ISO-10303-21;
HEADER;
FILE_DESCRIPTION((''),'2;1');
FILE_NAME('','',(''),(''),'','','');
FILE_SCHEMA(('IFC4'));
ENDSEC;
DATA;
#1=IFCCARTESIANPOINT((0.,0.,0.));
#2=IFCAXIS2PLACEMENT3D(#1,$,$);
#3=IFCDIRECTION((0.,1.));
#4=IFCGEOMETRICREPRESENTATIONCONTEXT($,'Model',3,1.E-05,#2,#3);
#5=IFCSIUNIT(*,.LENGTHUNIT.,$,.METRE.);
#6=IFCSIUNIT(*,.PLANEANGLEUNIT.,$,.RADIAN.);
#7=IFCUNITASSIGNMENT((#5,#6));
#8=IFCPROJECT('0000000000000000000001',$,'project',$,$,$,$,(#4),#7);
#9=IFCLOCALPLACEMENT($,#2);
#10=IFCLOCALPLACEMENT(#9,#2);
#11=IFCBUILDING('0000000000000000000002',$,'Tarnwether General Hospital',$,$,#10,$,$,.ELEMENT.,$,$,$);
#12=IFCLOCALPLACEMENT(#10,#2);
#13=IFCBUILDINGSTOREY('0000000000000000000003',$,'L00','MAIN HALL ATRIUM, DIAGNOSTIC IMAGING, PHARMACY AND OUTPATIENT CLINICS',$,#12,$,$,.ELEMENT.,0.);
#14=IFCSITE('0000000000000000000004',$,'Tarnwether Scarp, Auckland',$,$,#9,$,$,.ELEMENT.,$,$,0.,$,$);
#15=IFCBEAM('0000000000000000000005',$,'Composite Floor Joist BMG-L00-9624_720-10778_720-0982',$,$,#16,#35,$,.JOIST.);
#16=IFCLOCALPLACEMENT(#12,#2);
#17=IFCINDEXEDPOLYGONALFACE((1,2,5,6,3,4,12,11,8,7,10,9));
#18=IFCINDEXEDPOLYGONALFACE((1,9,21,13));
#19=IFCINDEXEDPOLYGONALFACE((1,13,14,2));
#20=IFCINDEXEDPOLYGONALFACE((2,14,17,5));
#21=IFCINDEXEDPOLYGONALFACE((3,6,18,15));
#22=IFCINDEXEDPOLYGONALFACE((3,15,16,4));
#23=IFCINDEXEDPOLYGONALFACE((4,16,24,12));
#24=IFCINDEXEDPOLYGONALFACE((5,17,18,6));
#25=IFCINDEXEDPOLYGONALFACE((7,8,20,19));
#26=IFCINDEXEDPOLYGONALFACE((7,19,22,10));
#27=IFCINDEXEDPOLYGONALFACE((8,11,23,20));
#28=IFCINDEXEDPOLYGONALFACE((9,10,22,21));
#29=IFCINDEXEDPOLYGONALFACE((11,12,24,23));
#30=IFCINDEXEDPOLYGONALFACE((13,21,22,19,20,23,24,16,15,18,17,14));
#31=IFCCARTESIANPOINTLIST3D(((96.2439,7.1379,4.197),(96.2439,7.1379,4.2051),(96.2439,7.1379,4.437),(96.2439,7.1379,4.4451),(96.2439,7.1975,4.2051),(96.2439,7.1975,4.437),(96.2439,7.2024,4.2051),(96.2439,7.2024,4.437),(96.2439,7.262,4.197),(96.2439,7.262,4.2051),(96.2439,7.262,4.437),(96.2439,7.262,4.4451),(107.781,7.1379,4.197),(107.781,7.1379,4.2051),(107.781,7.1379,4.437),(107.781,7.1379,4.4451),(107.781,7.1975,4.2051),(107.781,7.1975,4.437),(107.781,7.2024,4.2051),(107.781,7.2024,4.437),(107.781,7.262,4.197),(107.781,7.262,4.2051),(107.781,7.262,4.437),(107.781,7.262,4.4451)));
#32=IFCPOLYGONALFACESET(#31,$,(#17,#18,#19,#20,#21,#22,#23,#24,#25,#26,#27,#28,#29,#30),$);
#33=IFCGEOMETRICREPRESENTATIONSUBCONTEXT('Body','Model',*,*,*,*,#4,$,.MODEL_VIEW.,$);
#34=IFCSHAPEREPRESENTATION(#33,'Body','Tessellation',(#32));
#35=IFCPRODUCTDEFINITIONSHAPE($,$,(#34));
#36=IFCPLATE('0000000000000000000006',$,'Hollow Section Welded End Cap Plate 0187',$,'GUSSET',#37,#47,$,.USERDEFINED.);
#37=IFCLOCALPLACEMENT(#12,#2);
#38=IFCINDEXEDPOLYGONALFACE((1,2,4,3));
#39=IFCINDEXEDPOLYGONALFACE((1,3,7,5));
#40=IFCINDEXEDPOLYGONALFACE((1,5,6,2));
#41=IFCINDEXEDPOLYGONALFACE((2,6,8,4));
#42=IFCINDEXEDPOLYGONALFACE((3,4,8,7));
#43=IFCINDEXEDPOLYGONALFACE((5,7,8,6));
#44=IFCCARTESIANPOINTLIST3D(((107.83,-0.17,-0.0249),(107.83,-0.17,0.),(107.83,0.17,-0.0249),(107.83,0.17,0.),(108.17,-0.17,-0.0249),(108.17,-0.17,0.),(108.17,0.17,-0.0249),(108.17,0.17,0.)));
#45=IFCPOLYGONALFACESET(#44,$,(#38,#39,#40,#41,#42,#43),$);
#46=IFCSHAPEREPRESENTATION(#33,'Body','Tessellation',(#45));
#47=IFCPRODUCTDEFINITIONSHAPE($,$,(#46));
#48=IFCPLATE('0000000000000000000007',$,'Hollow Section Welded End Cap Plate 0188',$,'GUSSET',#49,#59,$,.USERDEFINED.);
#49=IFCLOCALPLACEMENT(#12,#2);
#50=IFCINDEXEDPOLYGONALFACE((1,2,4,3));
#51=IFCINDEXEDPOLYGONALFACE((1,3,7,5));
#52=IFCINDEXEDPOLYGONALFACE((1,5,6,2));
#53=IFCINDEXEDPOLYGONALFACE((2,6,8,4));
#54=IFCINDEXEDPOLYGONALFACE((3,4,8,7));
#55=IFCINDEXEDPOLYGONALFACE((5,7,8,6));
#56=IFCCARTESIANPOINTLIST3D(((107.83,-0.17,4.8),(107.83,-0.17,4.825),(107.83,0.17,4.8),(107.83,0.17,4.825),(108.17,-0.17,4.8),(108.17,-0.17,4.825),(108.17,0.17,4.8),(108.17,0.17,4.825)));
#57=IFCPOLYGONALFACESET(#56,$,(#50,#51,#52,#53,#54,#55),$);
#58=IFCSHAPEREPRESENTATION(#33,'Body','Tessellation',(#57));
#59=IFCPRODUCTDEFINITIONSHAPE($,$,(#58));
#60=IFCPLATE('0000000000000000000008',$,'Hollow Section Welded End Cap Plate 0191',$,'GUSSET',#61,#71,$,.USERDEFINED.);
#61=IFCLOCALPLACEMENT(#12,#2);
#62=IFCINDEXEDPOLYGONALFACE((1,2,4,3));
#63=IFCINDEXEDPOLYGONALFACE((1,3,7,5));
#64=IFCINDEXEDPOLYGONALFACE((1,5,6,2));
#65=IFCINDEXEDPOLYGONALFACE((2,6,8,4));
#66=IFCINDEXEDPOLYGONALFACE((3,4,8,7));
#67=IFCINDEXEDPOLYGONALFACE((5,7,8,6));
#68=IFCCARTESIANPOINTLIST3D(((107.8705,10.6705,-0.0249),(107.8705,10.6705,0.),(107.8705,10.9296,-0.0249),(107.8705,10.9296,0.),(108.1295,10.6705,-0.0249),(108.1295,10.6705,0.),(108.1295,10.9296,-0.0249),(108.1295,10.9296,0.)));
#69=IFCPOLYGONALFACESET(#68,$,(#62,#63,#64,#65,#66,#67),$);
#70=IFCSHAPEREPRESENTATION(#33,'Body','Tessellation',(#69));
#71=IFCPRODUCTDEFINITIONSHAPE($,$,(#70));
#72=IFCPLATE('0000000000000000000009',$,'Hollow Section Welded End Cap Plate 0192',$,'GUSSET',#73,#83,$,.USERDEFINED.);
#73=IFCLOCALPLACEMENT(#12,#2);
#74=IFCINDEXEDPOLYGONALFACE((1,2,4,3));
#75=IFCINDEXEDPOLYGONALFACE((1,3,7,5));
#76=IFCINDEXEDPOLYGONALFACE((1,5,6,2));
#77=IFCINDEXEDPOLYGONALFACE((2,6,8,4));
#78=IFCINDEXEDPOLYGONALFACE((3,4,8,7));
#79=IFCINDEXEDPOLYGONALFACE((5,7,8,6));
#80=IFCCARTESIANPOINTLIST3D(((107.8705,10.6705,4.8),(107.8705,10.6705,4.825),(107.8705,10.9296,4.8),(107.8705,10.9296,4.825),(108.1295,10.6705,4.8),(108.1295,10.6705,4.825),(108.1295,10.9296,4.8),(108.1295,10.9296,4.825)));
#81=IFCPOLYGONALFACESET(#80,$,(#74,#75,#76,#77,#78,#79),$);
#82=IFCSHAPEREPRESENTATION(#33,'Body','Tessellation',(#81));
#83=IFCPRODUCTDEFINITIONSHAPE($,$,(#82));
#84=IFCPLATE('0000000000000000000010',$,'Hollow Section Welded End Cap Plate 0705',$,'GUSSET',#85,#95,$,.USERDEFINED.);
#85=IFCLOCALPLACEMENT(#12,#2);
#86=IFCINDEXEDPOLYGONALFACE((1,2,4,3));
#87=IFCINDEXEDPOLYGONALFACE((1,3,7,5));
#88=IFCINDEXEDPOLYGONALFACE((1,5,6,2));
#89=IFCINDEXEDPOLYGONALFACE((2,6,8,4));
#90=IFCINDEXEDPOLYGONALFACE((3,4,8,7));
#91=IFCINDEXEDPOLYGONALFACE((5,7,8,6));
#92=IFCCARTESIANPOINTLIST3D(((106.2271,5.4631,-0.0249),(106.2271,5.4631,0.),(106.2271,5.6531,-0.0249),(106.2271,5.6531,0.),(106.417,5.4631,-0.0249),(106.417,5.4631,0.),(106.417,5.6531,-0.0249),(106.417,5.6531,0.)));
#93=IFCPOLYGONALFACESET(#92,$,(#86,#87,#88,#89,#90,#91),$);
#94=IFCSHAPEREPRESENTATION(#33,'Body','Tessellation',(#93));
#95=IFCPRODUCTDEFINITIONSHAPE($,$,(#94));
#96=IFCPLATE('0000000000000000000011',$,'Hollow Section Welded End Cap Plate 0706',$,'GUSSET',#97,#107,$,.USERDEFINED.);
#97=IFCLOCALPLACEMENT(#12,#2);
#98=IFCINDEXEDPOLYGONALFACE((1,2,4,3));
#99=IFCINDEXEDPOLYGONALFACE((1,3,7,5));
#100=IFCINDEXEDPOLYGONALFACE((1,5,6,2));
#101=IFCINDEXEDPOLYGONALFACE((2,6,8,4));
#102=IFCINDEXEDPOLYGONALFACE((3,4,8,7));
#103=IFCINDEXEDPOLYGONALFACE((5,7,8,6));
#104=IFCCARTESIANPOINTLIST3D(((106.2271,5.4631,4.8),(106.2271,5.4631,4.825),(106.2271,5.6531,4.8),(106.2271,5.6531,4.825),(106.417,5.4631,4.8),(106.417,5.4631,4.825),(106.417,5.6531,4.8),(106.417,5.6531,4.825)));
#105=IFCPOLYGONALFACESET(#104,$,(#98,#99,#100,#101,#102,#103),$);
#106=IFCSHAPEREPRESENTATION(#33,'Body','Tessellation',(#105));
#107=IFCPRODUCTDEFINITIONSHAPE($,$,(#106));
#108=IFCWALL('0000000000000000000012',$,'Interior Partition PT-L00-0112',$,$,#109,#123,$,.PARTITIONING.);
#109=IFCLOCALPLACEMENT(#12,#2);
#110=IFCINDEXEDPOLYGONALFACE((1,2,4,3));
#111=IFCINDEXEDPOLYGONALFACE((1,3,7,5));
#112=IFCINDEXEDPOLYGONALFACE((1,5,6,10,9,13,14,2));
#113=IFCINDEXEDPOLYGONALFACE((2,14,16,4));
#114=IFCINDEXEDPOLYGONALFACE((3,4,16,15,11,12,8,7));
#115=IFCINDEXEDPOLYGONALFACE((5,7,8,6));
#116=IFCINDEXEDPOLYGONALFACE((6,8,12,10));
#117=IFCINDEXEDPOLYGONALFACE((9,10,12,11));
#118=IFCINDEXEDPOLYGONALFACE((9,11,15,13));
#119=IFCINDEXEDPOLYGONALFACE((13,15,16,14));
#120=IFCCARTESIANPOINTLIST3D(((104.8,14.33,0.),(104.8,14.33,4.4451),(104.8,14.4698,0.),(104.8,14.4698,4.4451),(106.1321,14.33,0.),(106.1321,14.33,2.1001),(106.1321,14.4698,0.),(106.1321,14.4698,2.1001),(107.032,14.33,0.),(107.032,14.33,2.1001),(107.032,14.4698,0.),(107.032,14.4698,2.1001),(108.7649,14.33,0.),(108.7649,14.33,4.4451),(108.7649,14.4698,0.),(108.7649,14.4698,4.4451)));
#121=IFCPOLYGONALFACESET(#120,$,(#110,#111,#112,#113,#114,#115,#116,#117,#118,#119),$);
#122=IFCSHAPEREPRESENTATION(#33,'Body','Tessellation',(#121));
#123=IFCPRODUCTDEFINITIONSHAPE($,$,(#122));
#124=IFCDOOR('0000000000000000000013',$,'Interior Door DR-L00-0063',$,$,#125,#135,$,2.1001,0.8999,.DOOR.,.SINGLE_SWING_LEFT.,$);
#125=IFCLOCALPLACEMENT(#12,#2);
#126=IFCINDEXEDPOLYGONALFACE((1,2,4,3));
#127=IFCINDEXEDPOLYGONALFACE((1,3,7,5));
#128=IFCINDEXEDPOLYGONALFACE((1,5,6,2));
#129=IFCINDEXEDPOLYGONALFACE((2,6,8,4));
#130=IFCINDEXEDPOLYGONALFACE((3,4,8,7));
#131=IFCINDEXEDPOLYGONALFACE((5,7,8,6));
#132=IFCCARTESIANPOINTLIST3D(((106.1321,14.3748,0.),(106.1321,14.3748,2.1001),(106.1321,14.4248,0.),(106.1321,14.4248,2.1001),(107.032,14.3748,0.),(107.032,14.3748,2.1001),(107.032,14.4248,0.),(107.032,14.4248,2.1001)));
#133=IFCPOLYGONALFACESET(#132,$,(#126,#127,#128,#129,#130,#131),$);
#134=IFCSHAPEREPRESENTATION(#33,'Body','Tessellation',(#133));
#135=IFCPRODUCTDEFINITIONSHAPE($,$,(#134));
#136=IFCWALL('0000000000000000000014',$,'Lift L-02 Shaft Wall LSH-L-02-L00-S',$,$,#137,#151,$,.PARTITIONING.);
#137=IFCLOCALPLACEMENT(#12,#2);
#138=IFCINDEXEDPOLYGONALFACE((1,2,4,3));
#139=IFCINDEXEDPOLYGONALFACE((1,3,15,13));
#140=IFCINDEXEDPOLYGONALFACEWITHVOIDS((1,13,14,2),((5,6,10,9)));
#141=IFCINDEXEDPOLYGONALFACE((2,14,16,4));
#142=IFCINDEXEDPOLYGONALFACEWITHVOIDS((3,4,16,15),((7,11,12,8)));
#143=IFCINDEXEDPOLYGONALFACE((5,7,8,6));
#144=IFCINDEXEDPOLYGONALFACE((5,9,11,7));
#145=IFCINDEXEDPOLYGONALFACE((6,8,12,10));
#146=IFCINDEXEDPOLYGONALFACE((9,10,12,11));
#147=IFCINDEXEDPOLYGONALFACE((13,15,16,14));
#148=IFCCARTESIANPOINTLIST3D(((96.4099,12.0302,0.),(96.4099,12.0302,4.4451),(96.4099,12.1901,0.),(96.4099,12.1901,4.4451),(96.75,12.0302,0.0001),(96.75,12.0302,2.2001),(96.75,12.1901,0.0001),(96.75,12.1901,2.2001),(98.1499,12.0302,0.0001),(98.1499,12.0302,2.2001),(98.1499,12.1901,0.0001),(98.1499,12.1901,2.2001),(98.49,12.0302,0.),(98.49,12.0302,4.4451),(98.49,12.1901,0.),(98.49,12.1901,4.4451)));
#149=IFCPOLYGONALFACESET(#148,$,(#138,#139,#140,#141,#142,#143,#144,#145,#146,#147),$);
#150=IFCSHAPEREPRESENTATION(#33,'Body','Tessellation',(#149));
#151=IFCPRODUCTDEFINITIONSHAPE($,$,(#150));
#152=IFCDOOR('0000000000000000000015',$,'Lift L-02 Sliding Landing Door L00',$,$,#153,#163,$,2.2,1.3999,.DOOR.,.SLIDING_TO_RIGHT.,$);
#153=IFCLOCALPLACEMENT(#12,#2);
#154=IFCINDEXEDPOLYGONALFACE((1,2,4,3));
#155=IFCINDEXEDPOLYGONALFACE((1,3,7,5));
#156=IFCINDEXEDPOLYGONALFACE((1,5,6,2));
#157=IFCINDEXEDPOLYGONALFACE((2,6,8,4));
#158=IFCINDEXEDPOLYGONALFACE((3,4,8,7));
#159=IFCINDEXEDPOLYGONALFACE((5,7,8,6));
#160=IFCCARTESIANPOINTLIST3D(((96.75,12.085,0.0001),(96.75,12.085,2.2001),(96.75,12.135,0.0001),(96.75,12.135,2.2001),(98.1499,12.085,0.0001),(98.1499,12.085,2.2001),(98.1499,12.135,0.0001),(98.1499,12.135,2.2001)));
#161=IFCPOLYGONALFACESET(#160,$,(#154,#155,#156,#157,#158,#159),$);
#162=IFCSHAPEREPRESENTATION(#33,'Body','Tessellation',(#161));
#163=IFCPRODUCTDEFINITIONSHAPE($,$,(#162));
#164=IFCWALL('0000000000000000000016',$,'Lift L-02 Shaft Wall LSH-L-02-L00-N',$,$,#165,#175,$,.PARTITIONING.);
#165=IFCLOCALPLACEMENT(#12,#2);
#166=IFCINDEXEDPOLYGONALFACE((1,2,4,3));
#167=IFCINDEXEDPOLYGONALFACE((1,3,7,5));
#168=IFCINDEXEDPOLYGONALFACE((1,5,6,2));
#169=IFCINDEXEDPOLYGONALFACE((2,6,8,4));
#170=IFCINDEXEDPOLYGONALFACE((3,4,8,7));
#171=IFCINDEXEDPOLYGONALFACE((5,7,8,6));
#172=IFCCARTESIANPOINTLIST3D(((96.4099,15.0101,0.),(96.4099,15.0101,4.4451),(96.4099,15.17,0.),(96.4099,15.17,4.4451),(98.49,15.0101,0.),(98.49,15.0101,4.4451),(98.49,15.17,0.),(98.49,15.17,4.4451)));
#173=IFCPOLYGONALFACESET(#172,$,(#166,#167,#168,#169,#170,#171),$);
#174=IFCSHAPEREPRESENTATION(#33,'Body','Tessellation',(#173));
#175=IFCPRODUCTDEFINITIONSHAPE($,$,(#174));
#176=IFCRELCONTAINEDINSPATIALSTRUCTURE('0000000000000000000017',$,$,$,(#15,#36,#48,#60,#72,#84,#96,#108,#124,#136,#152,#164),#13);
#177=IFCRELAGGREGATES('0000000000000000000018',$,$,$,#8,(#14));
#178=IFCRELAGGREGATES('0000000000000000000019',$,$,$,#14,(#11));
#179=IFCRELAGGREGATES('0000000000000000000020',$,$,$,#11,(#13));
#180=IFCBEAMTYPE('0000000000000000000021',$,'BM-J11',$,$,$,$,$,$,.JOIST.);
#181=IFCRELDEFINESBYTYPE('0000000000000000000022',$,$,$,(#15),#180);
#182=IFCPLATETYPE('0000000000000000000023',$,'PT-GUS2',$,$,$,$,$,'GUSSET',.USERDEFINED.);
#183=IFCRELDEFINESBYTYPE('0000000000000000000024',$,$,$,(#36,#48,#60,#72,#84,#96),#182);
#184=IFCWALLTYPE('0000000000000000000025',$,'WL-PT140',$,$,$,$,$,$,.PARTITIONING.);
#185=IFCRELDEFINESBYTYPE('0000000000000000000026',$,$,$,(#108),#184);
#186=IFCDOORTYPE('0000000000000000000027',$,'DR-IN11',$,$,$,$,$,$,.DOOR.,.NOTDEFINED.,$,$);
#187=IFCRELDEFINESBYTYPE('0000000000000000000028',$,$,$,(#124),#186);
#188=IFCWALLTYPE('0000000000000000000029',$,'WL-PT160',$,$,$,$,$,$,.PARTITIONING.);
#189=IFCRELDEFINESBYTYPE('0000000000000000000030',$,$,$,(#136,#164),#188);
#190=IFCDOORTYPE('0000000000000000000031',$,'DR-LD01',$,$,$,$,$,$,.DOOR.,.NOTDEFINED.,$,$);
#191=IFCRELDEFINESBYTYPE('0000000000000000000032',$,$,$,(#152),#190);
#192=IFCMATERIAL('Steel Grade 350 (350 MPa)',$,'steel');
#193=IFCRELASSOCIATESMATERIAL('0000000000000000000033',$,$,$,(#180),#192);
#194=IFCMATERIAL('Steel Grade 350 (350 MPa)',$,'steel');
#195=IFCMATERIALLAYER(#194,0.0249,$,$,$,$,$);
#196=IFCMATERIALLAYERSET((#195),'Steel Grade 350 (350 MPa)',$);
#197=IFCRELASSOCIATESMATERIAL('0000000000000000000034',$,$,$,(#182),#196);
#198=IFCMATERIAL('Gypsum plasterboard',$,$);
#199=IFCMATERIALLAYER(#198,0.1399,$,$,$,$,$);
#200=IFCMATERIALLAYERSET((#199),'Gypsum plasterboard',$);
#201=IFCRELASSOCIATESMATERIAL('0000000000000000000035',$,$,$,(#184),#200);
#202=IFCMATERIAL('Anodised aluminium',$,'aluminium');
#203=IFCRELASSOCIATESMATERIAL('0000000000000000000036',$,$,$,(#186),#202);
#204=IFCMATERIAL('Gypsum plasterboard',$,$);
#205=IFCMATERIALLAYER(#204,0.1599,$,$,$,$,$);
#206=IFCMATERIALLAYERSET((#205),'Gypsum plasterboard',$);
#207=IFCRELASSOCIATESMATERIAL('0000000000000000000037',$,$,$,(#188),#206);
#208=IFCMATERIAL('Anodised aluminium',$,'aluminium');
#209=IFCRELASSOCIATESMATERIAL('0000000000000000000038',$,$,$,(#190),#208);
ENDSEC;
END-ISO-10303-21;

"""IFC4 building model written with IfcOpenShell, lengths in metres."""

from ifc_helpers import new_model, si_unit, direction, frame, frame_2d, origin, origin_2d, place, context, subcontext, project, spatial, rectangle, i_section, extrude, material, layer, layer_set, material_profile, profile_set, type_object, element, fill, save


model = new_model("IFC4")

# Units and contexts
model_context = context("Model", 3, precision=1e-05, world=origin(), true_north=direction((0.0, 1.0)))
body_context = subcontext(model_context, "Body", "Model", "MODEL_VIEW")
ifc_project = project(units=[si_unit("LENGTHUNIT", "METRE"), si_unit("PLANEANGLEUNIT", "RADIAN")], contexts=[model_context])

# Site, building, storey
site_placement = place(None, origin())
site = spatial("IfcSite", under=ifc_project, at=site_placement, Name="Tarnwether Scarp, Auckland", CompositionType="ELEMENT", RefElevation=0.0)
building_placement = place(site_placement, origin())
building = spatial("IfcBuilding", under=site, at=building_placement, Name="Tarnwether General Hospital", CompositionType="ELEMENT")
storey_placement = place(building_placement, origin())
storey = spatial("IfcBuildingStorey", under=building, at=storey_placement, Name="L00", Description="MAIN HALL ATRIUM, DIAGNOSTIC IMAGING, PHARMACY AND OUTPATIENT CLINICS", CompositionType="ELEMENT", Elevation=0.0)

# Beam
ifc_material_1 = material(Name="Steel Grade 350 (350 MPa)", Category="steel")
ifc_material_profile_1 = material_profile(ifc_material_1, i_section(OverallWidth=0.124, OverallDepth=0.248, WebThickness=0.0049, FlangeThickness=0.0081, at=origin_2d()), Name="250UB25.7")
ifc_profile_set_1 = profile_set([ifc_material_profile_1], Name="Steel Grade 350 (350 MPa)")
beam_type_1 = type_object("IfcBeamType", Name="BM-J11", PredefinedType="JOIST", material=ifc_profile_set_1)
beam_1_placement = place(storey_placement, frame((96.2439, 7.2, 4.321), z_axis=(1.0, 0.0, 0.0), x_axis=(0.0, 1.0, 0.0)))
element("IfcBeam", 1, at=beam_1_placement, inside=storey, type_object=beam_type_1, Name="Composite Floor Joist BMG-L00-9624_720-10778_720-0982", PredefinedType="JOIST", context=body_context, shape_type="SweptSolid", body=[
    extrude(i_section(OverallWidth=0.124, OverallDepth=0.248, WebThickness=0.0049, FlangeThickness=0.0081, at=origin_2d()), origin(), (0.0, 0.0, 1.0), 11.5371),
])

# Plates
ifc_material_2 = material(Name="Steel Grade 350 (350 MPa)", Category="steel")
ifc_layer_1 = layer(ifc_material_2, 0.0249)
ifc_layer_set_1 = layer_set([ifc_layer_1], Name="Steel Grade 350 (350 MPa)")
plate_type = type_object("IfcPlateType", Name="PT-GUS2", ElementType="GUSSET", PredefinedType="USERDEFINED", material=ifc_layer_set_1)
for number, where, z_axis, x_axis, name in (
    (2, (108.0, 0.0, -0.0249), (0.0, 0.0, 1.0), (1.0, 0.0, 0.0), "Hollow Section Welded End Cap Plate 0187"),
    (3, (108.0, 0.0, 4.8), (0.0, 0.0, 1.0), (1.0, 0.0, 0.0), "Hollow Section Welded End Cap Plate 0188"),
):
    element("IfcPlate", number, at=place(storey_placement, frame(where, z_axis=z_axis, x_axis=x_axis)), inside=storey, type_object=plate_type, Name=name, ObjectType="GUSSET", PredefinedType="USERDEFINED", context=body_context, shape_type="SweptSolid", body=[
        extrude(rectangle(XDim=0.3401, YDim=0.3401, at=origin_2d()), origin(), (0.0, 0.0, 1.0), 0.0249),
    ])
for number, where, z_axis, x_axis, name in (
    (4, (108.0, 10.8, -0.0249), (0.0, 0.0, 1.0), (1.0, 0.0, 0.0), "Hollow Section Welded End Cap Plate 0191"),
    (5, (108.0, 10.8, 4.8), (0.0, 0.0, 1.0), (1.0, 0.0, 0.0), "Hollow Section Welded End Cap Plate 0192"),
):
    element("IfcPlate", number, at=place(storey_placement, frame(where, z_axis=z_axis, x_axis=x_axis)), inside=storey, type_object=plate_type, Name=name, ObjectType="GUSSET", PredefinedType="USERDEFINED", context=body_context, shape_type="SweptSolid", body=[
        extrude(rectangle(XDim=0.259, YDim=0.259, at=origin_2d()), origin(), (0.0, 0.0, 1.0), 0.0249),
    ])
for number, where, z_axis, x_axis, name in (
    (6, (106.322, 5.5581, -0.0249), (0.0, 0.0, 1.0), (1.0, 0.0, 0.0), "Hollow Section Welded End Cap Plate 0705"),
    (7, (106.322, 5.5581, 4.8), (0.0, 0.0, 1.0), (1.0, 0.0, 0.0), "Hollow Section Welded End Cap Plate 0706"),
):
    element("IfcPlate", number, at=place(storey_placement, frame(where, z_axis=z_axis, x_axis=x_axis)), inside=storey, type_object=plate_type, Name=name, ObjectType="GUSSET", PredefinedType="USERDEFINED", context=body_context, shape_type="SweptSolid", body=[
        extrude(rectangle(XDim=0.1899, YDim=0.1899, at=origin_2d()), origin(), (0.0, 0.0, 1.0), 0.0249),
    ])

# Walls, openings, doors
ifc_material_3 = material(Name="Gypsum plasterboard")
ifc_layer_2 = layer(ifc_material_3, 0.1399)
ifc_layer_set_2 = layer_set([ifc_layer_2], Name="Gypsum plasterboard")
wall_type_1 = type_object("IfcWallType", Name="WL-PT140", PredefinedType="PARTITIONING", material=ifc_layer_set_2)
wall_1_placement = place(storey_placement, frame((104.8, 14.3999, 0.0), z_axis=(0.0, 0.0, 1.0), x_axis=(1.0, 0.0, 0.0)))
wall_1 = element("IfcWall", 8, at=wall_1_placement, inside=storey, type_object=wall_type_1, Name="Interior Partition PT-L00-0112", PredefinedType="PARTITIONING", context=body_context, shape_type="SweptSolid", body=[
    extrude(rectangle(XDim=3.9648, YDim=0.1399, at=frame_2d((1.9824, 0.0))), origin(), (0.0, 0.0, 1.0), 4.4451),
])
opening_1_placement = place(wall_1_placement, frame((1.332, 0.0, 0.0)))
opening_1 = element("IfcOpeningElement", 9, at=opening_1_placement, cuts=wall_1, PredefinedType="OPENING", context=body_context, shape_type="SweptSolid", body=[
    extrude(rectangle(XDim=0.8999, YDim=2.1001, at=frame_2d((0.45, 1.05))), frame((0.0, 0.0801, 0.0), z_axis=(0.0, -1.0, 0.0), x_axis=(1.0, 0.0, 0.0)), (0.0, 0.0, 1.0), 0.1599),
])
ifc_material_4 = material(Name="Anodised aluminium", Category="aluminium")
door_type_1 = type_object("IfcDoorType", Name="DR-IN11", OperationType="NOTDEFINED", PredefinedType="DOOR", material=ifc_material_4)
door_1_placement = place(opening_1_placement, origin())
door_1 = element("IfcDoor", 10, at=door_1_placement, inside=storey, type_object=door_type_1, Name="Interior Door DR-L00-0063", OperationType="SINGLE_SWING_LEFT", OverallHeight=2.1001, OverallWidth=0.8999, PredefinedType="DOOR", context=body_context, shape_type="SweptSolid", body=[
    extrude(rectangle(XDim=0.8999, YDim=2.1001, at=frame_2d((0.45, 1.05))), frame((0.0, 0.0249, 0.0), z_axis=(0.0, -1.0, 0.0), x_axis=(1.0, 0.0, 0.0)), (0.0, 0.0, 1.0), 0.05),
])
fill(opening_1, door_1)
ifc_material_5 = material(Name="Gypsum plasterboard")
ifc_layer_3 = layer(ifc_material_5, 0.1599)
ifc_layer_set_3 = layer_set([ifc_layer_3], Name="Gypsum plasterboard")
wall_type_2 = type_object("IfcWallType", Name="WL-PT160", PredefinedType="PARTITIONING", material=ifc_layer_set_3)
wall_2_placement = place(storey_placement, frame((96.4099, 12.1101, 0.0), z_axis=(0.0, 0.0, 1.0), x_axis=(1.0, 0.0, 0.0)))
wall_2 = element("IfcWall", 11, at=wall_2_placement, inside=storey, type_object=wall_type_2, Name="Lift L-02 Shaft Wall LSH-L-02-L00-S", PredefinedType="PARTITIONING", context=body_context, shape_type="SweptSolid", body=[
    extrude(rectangle(XDim=2.0801, YDim=0.1599, at=frame_2d((1.04, 0.0))), origin(), (0.0, 0.0, 1.0), 4.4451),
])
opening_2_placement = place(wall_2_placement, frame((0.3401, 0.0, 0.0)))
opening_2 = element("IfcOpeningElement", 12, at=opening_2_placement, cuts=wall_2, PredefinedType="OPENING", context=body_context, shape_type="SweptSolid", body=[
    extrude(rectangle(XDim=1.3999, YDim=2.2, at=frame_2d((0.7, 1.1001))), frame((0.0, 0.0898, 0.0), z_axis=(0.0, -1.0, 0.0), x_axis=(1.0, 0.0, 0.0)), (0.0, 0.0, 1.0), 0.1799),
])
ifc_material_6 = material(Name="Anodised aluminium", Category="aluminium")
door_type_2 = type_object("IfcDoorType", Name="DR-LD01", OperationType="NOTDEFINED", PredefinedType="DOOR", material=ifc_material_6)
door_2_placement = place(opening_2_placement, origin())
door_2 = element("IfcDoor", 13, at=door_2_placement, inside=storey, type_object=door_type_2, Name="Lift L-02 Sliding Landing Door L00", OperationType="SLIDING_TO_RIGHT", OverallHeight=2.2, OverallWidth=1.3999, PredefinedType="DOOR", context=body_context, shape_type="SweptSolid", body=[
    extrude(rectangle(XDim=1.3999, YDim=2.2, at=frame_2d((0.7, 1.1001))), frame((0.0, 0.0249, 0.0), z_axis=(0.0, -1.0, 0.0), x_axis=(1.0, 0.0, 0.0)), (0.0, 0.0, 1.0), 0.05),
])
fill(opening_2, door_2)

# Wall
wall_3_placement = place(storey_placement, frame((98.49, 15.0901, 0.0), z_axis=(0.0, 0.0, 1.0), x_axis=(-1.0, 0.0, 0.0)))
element("IfcWall", 14, at=wall_3_placement, inside=storey, type_object=wall_type_2, Name="Lift L-02 Shaft Wall LSH-L-02-L00-N", PredefinedType="PARTITIONING", context=body_context, shape_type="SweptSolid", body=[
    extrude(rectangle(XDim=2.0801, YDim=0.1599, at=frame_2d((1.04, 0.0))), origin(), (0.0, 0.0, 1.0), 4.4451),
])

save(model, "model.ifc")
